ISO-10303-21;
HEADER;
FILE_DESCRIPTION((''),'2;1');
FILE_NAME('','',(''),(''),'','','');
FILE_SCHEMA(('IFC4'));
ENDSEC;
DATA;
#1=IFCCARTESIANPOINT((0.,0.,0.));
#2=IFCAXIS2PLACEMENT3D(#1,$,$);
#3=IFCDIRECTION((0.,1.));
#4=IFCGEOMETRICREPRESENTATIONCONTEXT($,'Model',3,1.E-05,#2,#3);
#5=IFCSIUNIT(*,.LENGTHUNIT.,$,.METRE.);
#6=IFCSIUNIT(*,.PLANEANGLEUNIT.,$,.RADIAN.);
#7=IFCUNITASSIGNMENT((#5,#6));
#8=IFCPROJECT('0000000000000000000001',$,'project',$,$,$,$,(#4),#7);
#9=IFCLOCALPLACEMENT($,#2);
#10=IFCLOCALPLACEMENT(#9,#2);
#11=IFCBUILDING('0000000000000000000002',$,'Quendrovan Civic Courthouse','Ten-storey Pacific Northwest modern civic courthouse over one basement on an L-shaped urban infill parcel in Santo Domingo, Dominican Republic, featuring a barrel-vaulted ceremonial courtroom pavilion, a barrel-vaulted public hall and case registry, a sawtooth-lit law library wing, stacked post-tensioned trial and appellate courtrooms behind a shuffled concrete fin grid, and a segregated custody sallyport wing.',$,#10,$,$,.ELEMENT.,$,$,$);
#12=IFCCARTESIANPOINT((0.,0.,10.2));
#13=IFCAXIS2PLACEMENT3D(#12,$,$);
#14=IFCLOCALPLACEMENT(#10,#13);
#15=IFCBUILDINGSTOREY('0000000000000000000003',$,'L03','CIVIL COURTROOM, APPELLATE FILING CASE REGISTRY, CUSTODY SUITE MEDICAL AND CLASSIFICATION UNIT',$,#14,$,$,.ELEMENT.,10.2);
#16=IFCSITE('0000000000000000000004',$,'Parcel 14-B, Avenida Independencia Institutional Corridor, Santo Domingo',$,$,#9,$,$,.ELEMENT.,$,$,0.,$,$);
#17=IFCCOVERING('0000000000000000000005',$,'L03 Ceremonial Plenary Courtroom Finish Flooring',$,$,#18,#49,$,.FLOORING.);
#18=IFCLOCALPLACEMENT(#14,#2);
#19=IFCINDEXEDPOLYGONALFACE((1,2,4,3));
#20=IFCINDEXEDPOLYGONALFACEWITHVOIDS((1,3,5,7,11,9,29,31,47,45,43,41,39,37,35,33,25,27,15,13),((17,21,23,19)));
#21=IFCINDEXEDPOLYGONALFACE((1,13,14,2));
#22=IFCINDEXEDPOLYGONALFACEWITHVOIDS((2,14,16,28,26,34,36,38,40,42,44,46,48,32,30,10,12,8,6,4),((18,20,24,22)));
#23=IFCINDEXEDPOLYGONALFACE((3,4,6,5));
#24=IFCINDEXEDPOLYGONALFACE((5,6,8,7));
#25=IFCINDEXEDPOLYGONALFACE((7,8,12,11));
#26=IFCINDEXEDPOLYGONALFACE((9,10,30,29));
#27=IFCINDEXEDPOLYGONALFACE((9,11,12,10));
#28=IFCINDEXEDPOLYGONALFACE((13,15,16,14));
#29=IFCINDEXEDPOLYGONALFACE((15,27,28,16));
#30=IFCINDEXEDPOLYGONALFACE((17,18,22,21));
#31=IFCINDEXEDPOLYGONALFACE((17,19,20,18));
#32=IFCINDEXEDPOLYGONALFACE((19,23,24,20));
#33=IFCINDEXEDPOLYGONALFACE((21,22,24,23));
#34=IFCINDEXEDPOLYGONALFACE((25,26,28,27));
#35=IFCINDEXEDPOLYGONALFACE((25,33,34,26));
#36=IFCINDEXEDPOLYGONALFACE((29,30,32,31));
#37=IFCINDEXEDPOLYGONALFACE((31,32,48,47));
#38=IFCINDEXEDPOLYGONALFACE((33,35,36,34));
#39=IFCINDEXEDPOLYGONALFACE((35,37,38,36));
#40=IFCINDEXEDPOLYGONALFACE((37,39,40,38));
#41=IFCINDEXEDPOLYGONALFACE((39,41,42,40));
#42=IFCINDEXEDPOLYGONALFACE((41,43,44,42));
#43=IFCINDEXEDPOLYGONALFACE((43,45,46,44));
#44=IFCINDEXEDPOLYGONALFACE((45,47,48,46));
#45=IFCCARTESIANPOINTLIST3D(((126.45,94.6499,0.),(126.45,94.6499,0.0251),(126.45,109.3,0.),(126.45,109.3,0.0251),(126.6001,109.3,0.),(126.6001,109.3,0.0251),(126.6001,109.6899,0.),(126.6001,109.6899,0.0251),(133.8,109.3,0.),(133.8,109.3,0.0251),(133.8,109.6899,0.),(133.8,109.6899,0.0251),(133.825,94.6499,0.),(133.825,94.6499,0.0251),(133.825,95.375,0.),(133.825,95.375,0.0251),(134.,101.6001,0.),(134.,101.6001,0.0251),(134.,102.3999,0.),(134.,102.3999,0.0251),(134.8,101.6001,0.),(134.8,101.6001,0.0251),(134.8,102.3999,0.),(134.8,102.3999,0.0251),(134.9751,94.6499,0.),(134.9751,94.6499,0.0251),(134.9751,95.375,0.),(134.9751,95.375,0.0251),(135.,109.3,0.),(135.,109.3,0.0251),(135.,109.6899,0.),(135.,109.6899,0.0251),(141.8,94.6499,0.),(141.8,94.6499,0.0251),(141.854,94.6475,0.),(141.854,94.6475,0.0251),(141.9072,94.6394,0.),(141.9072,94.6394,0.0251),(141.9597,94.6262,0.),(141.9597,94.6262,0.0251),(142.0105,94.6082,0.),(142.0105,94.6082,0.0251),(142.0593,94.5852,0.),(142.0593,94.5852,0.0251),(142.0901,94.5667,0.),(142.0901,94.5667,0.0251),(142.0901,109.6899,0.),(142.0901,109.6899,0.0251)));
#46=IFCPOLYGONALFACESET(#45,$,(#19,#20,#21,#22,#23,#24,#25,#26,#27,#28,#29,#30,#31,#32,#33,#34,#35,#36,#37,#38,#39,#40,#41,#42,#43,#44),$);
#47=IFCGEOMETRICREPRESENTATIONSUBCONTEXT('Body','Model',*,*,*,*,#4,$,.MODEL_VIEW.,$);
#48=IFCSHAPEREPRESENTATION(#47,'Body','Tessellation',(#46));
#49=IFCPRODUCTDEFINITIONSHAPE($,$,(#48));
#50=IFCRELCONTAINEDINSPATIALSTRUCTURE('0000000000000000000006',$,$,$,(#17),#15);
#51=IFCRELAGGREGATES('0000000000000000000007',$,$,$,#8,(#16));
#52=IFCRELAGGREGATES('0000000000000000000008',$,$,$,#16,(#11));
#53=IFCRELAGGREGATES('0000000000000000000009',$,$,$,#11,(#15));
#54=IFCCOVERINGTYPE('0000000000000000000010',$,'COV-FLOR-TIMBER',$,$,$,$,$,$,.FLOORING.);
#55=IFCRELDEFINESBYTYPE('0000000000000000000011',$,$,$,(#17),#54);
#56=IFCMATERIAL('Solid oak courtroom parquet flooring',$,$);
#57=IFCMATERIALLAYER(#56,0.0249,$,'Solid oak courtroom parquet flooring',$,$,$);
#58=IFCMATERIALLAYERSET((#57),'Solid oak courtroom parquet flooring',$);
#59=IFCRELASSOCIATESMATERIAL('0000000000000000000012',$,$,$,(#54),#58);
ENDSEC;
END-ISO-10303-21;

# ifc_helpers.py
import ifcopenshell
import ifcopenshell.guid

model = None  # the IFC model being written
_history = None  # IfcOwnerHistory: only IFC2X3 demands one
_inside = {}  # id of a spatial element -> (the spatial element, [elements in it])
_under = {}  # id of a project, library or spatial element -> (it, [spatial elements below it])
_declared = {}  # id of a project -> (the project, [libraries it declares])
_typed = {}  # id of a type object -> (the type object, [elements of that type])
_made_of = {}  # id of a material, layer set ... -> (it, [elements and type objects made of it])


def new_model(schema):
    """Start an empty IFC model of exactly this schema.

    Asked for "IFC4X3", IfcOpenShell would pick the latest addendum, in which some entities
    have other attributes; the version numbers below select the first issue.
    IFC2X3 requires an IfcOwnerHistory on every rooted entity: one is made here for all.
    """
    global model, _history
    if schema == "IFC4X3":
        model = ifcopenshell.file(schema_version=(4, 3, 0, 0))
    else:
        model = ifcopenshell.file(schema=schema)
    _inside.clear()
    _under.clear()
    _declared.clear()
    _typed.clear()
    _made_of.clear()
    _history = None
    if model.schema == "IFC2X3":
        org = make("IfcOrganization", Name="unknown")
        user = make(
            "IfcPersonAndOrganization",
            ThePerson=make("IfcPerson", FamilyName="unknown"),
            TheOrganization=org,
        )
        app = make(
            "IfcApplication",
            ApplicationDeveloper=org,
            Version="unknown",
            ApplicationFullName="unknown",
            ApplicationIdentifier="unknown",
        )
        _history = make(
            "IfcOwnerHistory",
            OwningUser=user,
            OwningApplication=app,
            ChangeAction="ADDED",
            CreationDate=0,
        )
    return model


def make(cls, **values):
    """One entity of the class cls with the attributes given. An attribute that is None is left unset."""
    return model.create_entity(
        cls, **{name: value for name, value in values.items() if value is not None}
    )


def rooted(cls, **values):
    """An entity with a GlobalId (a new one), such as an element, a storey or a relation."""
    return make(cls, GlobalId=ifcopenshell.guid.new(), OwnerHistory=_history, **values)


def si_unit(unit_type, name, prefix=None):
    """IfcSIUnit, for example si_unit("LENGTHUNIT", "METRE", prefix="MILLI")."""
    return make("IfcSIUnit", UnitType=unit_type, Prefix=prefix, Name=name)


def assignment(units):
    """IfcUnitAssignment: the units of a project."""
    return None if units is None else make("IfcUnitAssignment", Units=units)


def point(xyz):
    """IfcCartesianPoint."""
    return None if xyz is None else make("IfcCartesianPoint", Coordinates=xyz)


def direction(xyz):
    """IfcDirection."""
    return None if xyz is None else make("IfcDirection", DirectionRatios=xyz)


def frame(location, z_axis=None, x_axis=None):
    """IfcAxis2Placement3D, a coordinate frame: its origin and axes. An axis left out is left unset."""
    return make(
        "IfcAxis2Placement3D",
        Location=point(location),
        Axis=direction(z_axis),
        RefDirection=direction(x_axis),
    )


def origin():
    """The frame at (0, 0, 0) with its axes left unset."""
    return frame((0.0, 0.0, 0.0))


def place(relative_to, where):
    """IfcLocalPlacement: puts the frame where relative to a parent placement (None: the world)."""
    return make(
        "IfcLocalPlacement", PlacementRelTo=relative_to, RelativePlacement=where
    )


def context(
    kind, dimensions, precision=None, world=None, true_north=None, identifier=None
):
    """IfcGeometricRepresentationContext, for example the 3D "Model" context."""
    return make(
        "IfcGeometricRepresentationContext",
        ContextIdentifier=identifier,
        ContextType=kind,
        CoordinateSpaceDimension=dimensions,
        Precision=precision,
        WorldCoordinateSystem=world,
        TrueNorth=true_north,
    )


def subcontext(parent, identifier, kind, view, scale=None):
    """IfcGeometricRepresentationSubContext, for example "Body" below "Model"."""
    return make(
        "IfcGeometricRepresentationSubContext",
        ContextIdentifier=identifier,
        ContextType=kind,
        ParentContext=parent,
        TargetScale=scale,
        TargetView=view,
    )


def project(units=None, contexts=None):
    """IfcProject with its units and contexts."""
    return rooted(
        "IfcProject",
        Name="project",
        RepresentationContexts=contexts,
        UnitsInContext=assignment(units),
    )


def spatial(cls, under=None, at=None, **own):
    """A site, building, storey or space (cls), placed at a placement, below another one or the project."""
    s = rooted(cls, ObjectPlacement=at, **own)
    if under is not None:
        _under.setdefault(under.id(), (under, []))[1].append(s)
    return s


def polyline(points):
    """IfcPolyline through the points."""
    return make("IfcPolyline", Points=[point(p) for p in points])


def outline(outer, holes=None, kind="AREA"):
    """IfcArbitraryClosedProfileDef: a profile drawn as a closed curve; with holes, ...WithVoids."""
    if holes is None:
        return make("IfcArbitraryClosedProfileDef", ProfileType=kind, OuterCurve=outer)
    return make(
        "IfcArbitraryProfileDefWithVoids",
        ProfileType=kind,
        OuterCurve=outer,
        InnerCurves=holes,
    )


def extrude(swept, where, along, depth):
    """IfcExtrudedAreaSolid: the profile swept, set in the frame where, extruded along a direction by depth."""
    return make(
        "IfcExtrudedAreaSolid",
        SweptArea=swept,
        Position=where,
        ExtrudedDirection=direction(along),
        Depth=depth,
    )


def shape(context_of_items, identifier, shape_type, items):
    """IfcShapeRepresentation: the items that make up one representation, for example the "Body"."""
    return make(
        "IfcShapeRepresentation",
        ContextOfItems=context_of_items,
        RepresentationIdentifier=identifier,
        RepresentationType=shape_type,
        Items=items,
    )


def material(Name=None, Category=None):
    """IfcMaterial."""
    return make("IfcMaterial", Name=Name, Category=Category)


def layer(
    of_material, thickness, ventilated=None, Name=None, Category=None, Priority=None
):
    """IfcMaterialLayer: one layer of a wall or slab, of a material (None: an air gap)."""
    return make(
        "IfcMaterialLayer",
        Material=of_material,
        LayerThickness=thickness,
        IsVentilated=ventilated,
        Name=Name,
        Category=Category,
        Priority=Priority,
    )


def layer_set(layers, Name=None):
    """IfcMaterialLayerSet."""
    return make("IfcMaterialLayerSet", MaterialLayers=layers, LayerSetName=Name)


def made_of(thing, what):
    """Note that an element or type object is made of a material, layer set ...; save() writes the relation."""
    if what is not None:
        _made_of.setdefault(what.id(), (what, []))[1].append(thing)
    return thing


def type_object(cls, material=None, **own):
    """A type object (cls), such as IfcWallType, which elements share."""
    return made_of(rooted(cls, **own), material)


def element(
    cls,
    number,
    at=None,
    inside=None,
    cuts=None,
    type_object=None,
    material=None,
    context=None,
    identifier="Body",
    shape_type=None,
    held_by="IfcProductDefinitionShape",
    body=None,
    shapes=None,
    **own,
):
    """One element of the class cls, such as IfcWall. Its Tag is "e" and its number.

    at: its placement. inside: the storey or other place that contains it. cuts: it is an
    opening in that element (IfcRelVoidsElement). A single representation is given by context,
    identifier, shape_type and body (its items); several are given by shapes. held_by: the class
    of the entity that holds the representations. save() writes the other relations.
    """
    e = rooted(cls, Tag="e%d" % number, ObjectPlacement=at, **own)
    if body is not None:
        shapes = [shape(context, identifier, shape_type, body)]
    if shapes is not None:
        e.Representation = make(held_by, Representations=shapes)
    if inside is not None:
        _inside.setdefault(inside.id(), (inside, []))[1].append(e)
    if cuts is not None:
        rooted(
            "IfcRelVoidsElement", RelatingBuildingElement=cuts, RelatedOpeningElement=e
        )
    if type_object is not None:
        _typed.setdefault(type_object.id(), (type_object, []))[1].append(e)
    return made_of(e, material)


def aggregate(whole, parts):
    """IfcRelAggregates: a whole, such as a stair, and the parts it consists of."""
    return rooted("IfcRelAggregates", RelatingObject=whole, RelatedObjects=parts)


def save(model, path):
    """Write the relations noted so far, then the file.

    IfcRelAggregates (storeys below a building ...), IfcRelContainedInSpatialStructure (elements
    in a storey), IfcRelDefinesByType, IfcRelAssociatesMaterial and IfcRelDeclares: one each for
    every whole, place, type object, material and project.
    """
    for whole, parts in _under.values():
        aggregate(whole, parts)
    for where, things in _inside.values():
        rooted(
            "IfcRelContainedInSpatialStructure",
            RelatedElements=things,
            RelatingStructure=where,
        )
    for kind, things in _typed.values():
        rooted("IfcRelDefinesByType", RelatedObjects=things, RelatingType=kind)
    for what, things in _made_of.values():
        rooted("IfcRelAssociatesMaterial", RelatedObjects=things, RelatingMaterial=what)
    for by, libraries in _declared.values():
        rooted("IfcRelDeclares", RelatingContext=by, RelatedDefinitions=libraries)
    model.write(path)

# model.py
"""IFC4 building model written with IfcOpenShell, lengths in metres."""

from ifc_helpers import new_model, si_unit, direction, frame, origin, place, context, subcontext, project, spatial, polyline, outline, extrude, material, layer, layer_set, type_object, element, save


model = new_model("IFC4")

# Units and contexts
model_context = context("Model", 3, precision=1e-05, world=origin(), true_north=direction((0.0, 1.0)))
body_context = subcontext(model_context, "Body", "Model", "MODEL_VIEW")
ifc_project = project(units=[si_unit("LENGTHUNIT", "METRE"), si_unit("PLANEANGLEUNIT", "RADIAN")], contexts=[model_context])

# Site, building, storey
site_placement = place(None, origin())
site = spatial("IfcSite", under=ifc_project, at=site_placement, Name="Parcel 14-B, Avenida Independencia Institutional Corridor, Santo Domingo", CompositionType="ELEMENT", RefElevation=0.0)
building_placement = place(site_placement, origin())
building = spatial("IfcBuilding", under=site, at=building_placement, Name="Quendrovan Civic Courthouse", Description="Ten-storey Pacific Northwest modern civic courthouse over one basement on an L-shaped urban infill parcel in Santo Domingo, Dominican Republic, featuring a barrel-vaulted ceremonial courtroom pavilion, a barrel-vaulted public hall and case registry, a sawtooth-lit law library wing, stacked post-tensioned trial and appellate courtrooms behind a shuffled concrete fin grid, and a segregated custody sallyport wing.", CompositionType="ELEMENT")
storey_placement = place(building_placement, frame((0.0, 0.0, 10.2)))
storey = spatial("IfcBuildingStorey", under=building, at=storey_placement, Name="L03", Description="CIVIL COURTROOM, APPELLATE FILING CASE REGISTRY, CUSTODY SUITE MEDICAL AND CLASSIFICATION UNIT", CompositionType="ELEMENT", Elevation=10.2)

# Covering
ifc_material_1 = material(Name="Solid oak courtroom parquet flooring")
ifc_layer_1 = layer(ifc_material_1, 0.0249, Name="Solid oak courtroom parquet flooring")
ifc_layer_set_1 = layer_set([ifc_layer_1], Name="Solid oak courtroom parquet flooring")
covering_type_1 = type_object("IfcCoveringType", Name="COV-FLOR-TIMBER", PredefinedType="FLOORING", material=ifc_layer_set_1)
covering_1_placement = place(storey_placement, origin())
element("IfcCovering", 1, at=covering_1_placement, inside=storey, type_object=covering_type_1, Name="L03 Ceremonial Plenary Courtroom Finish Flooring", PredefinedType="FLOORING", context=body_context, shape_type="SweptSolid", body=[
    extrude(outline(polyline([(134.9751, 94.6499), (134.9751, 95.375), (133.825, 95.375), (133.825, 94.6499), (126.45, 94.6499), (126.45, 109.3), (126.6001, 109.3), (126.6001, 109.6899), (133.8, 109.6899), (133.8, 109.3), (135.0, 109.3), (135.0, 109.6899), (142.0901, 109.6899), (142.0901, 94.5667), (142.0593, 94.5852), (142.0105, 94.6082), (141.9597, 94.6262), (141.9072, 94.6394), (141.854, 94.6475), (141.8, 94.6499), (134.9751, 94.6499)]), holes=[polyline([(134.0, 102.3999), (134.0, 101.6001), (134.8, 101.6001), (134.8, 102.3999), (134.0, 102.3999)])]), origin(), (0.0, 0.0, 1.0), 0.0251),
])

save(model, "model.ifc")
